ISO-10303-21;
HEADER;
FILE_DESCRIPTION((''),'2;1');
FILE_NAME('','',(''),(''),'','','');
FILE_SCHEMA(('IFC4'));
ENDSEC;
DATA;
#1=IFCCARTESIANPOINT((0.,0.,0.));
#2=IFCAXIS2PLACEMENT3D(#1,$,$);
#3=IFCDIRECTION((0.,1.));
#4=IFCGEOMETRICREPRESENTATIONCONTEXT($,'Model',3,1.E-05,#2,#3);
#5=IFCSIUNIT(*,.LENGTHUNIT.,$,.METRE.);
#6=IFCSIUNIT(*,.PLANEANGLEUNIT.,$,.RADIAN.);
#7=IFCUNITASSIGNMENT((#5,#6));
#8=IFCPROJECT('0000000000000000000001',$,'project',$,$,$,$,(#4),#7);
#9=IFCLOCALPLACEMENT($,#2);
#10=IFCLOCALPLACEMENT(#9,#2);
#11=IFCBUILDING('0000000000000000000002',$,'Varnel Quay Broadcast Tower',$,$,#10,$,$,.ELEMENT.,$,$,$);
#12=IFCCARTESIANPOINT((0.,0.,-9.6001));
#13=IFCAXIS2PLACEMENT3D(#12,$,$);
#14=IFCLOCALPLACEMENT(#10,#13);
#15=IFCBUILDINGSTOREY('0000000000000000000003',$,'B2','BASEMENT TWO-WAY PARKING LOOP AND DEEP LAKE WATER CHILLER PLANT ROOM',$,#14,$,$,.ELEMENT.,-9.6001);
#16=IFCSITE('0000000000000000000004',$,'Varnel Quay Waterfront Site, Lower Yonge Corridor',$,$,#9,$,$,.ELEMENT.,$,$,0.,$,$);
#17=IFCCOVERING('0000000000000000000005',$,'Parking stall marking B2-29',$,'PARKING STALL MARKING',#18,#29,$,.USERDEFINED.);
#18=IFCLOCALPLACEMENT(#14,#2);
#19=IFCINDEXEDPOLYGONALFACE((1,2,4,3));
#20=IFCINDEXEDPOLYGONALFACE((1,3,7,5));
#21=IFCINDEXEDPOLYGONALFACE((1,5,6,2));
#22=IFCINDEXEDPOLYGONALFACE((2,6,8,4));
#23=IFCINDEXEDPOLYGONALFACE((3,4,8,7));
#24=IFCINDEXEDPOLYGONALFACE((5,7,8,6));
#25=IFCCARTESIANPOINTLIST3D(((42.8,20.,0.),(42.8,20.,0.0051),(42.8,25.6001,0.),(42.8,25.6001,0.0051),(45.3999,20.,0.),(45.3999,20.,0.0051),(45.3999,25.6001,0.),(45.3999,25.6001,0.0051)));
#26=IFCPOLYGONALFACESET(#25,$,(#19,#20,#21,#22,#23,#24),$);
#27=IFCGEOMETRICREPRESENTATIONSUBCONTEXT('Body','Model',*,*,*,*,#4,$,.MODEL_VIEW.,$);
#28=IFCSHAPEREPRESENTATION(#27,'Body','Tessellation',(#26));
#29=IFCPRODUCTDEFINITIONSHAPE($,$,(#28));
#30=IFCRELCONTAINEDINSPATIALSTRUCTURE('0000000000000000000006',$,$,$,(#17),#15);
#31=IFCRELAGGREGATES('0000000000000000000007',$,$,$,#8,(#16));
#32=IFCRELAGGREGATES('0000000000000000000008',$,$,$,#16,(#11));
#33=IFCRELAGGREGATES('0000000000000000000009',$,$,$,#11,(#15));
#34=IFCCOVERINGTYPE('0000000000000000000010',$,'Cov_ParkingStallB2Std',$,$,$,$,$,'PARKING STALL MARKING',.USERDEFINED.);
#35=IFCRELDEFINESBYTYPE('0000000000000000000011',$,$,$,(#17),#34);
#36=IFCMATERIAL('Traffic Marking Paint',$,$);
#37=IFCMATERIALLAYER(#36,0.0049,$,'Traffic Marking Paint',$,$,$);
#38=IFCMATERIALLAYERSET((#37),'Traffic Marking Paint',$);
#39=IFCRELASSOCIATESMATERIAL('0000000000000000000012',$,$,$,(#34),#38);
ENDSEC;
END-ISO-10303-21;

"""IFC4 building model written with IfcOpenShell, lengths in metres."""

from ifc_helpers import new_model, si_unit, direction, frame, origin, place, context, subcontext, project, spatial, polyline, outline, extrude, material, layer, layer_set, type_object, element, save


model = new_model("IFC4")

# Units and contexts
model_context = context("Model", 3, precision=1e-05, world=origin(), true_north=direction((0.0, 1.0)))
body_context = subcontext(model_context, "Body", "Model", "MODEL_VIEW")
ifc_project = project(units=[si_unit("LENGTHUNIT", "METRE"), si_unit("PLANEANGLEUNIT", "RADIAN")], contexts=[model_context])

# Site, building, storey
site_placement = place(None, origin())
site = spatial("IfcSite", under=ifc_project, at=site_placement, Name="Varnel Quay Waterfront Site, Lower Yonge Corridor", CompositionType="ELEMENT", RefElevation=0.0)
building_placement = place(site_placement, origin())
building = spatial("IfcBuilding", under=site, at=building_placement, Name="Varnel Quay Broadcast Tower", CompositionType="ELEMENT")
storey_placement = place(building_placement, frame((0.0, 0.0, -9.6001)))
storey = spatial("IfcBuildingStorey", under=building, at=storey_placement, Name="B2", Description="BASEMENT TWO-WAY PARKING LOOP AND DEEP LAKE WATER CHILLER PLANT ROOM", CompositionType="ELEMENT", Elevation=-9.6001)

# Covering
ifc_material_1 = material(Name="Traffic Marking Paint")
ifc_layer = layer(ifc_material_1, 0.0049, Name="Traffic Marking Paint")
ifc_layer_set = layer_set([ifc_layer], Name="Traffic Marking Paint")
covering_type = type_object("IfcCoveringType", Name="Cov_ParkingStallB2Std", ElementType="PARKING STALL MARKING", PredefinedType="USERDEFINED", material=ifc_layer_set)
covering_1_placement = place(storey_placement, origin())
element("IfcCovering", 1, at=covering_1_placement, inside=storey, type_object=covering_type, Name="Parking stall marking B2-29", ObjectType="PARKING STALL MARKING", PredefinedType="USERDEFINED", context=body_context, shape_type="SweptSolid", body=[
    extrude(outline(polyline([(42.8, 20.0), (45.3999, 20.0), (45.3999, 25.6001), (42.8, 25.6001), (42.8, 20.0)])), origin(), (0.0, 0.0, 1.0), 0.0051),
])

save(model, "model.ifc")
